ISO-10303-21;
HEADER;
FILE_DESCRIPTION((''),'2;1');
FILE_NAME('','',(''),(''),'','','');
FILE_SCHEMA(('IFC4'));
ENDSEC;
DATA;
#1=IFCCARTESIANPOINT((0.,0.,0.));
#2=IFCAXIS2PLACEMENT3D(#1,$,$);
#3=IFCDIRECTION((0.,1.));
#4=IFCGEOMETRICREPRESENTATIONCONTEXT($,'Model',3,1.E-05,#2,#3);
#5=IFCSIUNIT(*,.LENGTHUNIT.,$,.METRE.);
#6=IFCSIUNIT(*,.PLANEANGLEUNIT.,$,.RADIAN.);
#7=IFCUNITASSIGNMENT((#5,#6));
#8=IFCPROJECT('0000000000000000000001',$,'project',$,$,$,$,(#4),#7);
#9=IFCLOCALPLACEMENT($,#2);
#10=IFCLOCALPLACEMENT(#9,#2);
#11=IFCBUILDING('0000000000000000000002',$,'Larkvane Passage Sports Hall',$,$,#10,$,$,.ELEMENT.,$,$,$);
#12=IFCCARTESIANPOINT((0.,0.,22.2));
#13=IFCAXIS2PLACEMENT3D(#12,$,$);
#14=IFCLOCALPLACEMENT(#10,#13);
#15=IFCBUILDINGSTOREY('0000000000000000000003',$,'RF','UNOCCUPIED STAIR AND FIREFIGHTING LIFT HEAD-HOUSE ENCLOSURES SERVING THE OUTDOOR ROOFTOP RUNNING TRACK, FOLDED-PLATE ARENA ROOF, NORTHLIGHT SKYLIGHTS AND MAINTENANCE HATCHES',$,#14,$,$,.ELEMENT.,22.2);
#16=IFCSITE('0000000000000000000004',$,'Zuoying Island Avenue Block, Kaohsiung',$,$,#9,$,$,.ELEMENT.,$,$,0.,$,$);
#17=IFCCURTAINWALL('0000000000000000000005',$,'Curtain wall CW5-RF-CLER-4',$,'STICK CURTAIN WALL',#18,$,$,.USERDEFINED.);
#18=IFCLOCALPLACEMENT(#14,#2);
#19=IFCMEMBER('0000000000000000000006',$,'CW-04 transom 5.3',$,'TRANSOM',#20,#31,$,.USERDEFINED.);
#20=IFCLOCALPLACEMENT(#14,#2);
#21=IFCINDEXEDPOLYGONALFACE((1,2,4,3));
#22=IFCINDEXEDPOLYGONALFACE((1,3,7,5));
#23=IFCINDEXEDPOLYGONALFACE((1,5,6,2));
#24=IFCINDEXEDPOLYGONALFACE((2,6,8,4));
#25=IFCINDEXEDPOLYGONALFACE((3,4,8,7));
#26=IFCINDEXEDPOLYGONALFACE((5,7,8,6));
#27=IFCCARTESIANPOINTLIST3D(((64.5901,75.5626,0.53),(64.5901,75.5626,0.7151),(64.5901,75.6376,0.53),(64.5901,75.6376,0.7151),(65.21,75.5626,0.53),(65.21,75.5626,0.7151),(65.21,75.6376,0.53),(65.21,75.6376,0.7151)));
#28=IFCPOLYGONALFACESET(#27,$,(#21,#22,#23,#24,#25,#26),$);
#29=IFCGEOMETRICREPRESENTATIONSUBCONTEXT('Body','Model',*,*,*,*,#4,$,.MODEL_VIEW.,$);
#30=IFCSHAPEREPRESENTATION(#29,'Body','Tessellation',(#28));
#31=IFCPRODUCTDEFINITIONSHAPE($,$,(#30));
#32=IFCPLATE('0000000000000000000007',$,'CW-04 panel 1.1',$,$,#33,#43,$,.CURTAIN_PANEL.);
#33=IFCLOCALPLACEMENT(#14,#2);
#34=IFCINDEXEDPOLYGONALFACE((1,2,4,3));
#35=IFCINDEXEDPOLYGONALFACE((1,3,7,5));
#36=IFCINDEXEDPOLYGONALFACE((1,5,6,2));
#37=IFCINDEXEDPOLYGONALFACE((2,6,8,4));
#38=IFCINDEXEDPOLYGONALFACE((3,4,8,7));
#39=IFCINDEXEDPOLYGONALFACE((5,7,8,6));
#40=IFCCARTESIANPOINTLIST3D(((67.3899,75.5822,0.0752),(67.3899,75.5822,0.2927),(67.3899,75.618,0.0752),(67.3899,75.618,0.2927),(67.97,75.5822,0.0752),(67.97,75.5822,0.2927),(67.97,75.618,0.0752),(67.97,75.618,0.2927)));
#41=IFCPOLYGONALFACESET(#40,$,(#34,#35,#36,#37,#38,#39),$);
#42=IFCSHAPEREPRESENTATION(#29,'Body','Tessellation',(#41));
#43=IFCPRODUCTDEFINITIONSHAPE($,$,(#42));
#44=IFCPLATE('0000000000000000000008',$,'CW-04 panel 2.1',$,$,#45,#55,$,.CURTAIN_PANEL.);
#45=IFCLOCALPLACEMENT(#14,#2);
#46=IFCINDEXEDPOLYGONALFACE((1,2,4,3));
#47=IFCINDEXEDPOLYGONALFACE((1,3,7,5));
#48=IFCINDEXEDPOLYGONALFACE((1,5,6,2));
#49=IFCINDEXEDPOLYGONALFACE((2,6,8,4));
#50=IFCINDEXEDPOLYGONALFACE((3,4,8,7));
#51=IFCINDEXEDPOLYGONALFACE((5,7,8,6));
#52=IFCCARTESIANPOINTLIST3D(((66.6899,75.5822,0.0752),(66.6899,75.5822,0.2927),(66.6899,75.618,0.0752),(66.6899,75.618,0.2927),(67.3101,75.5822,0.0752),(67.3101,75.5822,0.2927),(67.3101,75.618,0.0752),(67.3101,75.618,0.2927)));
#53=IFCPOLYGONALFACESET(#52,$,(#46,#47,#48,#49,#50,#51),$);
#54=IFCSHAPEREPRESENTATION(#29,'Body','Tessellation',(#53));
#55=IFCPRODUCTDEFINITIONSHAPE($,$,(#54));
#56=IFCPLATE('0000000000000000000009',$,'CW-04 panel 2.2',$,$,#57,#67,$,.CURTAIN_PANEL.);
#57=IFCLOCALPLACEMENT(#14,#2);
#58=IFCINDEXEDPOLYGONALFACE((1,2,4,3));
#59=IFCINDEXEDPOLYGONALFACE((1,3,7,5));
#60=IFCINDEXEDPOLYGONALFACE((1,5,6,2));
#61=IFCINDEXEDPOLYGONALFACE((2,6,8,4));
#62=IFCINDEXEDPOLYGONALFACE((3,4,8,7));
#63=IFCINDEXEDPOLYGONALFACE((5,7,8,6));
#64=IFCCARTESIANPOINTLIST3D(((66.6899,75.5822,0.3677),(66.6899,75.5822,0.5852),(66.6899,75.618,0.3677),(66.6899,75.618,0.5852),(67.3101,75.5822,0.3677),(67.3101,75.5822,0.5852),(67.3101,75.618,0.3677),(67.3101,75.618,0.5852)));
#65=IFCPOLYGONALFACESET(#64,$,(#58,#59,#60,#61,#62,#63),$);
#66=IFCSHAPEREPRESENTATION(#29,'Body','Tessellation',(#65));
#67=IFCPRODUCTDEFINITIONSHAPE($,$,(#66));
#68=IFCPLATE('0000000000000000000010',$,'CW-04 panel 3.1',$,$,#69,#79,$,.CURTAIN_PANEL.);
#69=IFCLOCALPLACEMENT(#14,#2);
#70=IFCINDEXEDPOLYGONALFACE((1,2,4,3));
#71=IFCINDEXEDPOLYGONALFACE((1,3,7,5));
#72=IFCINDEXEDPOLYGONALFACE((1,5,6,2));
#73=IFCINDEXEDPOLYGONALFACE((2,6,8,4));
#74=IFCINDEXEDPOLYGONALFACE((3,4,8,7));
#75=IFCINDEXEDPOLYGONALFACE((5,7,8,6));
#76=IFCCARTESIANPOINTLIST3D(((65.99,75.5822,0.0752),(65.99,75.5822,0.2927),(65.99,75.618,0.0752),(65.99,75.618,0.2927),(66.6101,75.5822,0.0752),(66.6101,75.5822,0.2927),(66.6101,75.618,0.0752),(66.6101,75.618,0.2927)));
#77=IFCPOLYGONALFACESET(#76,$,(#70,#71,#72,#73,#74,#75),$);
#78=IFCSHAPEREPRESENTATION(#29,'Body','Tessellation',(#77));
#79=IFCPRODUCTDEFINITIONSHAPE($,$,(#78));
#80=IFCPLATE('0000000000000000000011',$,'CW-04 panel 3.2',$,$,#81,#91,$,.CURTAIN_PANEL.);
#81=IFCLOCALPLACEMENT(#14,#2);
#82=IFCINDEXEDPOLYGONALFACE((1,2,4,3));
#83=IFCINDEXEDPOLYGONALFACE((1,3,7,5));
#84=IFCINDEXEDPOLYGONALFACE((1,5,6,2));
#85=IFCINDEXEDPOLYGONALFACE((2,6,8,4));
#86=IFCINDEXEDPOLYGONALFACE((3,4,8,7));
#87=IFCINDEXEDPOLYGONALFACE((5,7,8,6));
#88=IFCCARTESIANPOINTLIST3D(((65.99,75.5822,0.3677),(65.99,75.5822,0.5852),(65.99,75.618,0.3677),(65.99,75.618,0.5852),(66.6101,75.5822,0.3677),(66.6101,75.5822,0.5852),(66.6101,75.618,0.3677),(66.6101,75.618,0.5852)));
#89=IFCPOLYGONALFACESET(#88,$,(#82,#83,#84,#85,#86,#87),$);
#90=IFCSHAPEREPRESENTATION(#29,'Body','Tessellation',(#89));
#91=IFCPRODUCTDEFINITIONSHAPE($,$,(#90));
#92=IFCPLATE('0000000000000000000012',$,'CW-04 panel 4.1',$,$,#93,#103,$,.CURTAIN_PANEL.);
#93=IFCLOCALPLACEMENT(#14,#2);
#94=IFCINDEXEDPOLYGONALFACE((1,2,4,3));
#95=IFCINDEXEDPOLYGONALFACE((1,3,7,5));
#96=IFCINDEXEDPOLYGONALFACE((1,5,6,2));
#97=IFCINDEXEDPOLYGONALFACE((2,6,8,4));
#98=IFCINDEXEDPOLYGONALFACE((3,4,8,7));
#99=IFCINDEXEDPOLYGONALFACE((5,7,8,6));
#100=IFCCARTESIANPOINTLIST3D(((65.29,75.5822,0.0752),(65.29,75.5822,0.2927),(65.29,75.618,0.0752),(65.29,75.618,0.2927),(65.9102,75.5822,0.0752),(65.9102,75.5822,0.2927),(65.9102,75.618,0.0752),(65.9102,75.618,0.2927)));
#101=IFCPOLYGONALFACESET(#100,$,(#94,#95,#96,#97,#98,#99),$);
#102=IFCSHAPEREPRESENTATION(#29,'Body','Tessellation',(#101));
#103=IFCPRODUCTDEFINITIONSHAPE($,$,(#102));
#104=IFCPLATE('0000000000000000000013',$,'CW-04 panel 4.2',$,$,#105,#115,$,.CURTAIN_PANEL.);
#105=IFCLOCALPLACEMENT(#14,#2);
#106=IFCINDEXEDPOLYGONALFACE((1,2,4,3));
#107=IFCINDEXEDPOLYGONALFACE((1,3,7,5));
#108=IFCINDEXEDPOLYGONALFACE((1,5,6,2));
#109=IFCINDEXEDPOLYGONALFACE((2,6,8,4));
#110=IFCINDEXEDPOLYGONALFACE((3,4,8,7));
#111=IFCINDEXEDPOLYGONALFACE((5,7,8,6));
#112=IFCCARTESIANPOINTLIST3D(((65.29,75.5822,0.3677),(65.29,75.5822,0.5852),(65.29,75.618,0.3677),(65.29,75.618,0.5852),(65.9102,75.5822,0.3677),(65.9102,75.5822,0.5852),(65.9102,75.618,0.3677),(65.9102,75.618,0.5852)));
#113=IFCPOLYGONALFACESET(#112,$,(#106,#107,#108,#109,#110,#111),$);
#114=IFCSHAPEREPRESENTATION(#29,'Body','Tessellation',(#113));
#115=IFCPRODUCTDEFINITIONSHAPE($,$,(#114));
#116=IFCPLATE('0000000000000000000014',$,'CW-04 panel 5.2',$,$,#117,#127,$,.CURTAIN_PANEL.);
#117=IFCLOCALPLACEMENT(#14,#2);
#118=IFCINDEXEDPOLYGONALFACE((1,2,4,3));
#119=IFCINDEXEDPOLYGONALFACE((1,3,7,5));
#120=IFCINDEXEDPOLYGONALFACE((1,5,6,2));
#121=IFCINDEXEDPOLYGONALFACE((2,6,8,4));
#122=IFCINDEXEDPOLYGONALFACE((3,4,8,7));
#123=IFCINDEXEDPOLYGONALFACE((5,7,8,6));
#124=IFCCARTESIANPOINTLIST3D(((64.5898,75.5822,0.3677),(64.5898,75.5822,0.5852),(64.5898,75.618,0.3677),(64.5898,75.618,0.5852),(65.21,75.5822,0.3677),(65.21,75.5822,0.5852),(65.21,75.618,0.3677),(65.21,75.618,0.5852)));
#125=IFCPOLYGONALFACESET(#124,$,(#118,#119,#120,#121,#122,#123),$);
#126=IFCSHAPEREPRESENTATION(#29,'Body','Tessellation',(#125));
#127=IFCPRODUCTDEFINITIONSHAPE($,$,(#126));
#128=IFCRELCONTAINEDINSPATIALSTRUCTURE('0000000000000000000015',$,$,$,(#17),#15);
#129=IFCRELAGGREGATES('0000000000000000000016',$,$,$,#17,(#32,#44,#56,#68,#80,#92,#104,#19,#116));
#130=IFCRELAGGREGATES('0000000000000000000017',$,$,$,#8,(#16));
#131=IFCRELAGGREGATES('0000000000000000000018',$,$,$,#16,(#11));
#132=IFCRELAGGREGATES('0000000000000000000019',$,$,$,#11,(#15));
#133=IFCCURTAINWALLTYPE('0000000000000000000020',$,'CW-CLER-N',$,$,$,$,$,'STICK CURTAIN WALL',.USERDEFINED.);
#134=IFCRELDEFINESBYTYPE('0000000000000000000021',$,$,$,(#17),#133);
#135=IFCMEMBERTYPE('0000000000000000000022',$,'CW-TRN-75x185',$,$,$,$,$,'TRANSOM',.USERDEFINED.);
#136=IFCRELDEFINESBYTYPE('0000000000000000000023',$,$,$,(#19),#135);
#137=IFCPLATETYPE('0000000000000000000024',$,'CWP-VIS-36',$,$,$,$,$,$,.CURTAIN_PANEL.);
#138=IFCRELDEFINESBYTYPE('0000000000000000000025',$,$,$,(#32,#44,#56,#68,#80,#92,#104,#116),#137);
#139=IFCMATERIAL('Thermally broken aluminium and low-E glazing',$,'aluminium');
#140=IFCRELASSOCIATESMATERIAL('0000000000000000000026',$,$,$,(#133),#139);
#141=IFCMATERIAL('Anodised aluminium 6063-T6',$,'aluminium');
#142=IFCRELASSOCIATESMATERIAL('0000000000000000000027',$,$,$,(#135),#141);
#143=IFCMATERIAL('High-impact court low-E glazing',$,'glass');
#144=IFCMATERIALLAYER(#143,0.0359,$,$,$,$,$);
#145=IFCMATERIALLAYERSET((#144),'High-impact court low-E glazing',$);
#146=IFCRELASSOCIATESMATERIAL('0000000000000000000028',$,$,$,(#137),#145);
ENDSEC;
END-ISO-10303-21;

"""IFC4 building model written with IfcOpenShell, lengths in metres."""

from ifc_helpers import new_model, si_unit, direction, frame, origin, origin_2d, place, context, subcontext, project, spatial, rectangle, extrude, material, layer, layer_set, material_profile, profile_set, type_object, element, aggregate, save


model = new_model("IFC4")

# Units and contexts
model_context = context("Model", 3, precision=1e-05, world=origin(), true_north=direction((0.0, 1.0)))
body_context = subcontext(model_context, "Body", "Model", "MODEL_VIEW")
ifc_project = project(units=[si_unit("LENGTHUNIT", "METRE"), si_unit("PLANEANGLEUNIT", "RADIAN")], contexts=[model_context])

# Site, building, storey
site_placement = place(None, origin())
site = spatial("IfcSite", under=ifc_project, at=site_placement, Name="Zuoying Island Avenue Block, Kaohsiung", CompositionType="ELEMENT", RefElevation=0.0)
building_placement = place(site_placement, origin())
building = spatial("IfcBuilding", under=site, at=building_placement, Name="Larkvane Passage Sports Hall", CompositionType="ELEMENT")
storey_placement = place(building_placement, frame((0.0, 0.0, 22.2)))
storey = spatial("IfcBuildingStorey", under=building, at=storey_placement, Name="RF", Description="UNOCCUPIED STAIR AND FIREFIGHTING LIFT HEAD-HOUSE ENCLOSURES SERVING THE OUTDOOR ROOFTOP RUNNING TRACK, FOLDED-PLATE ARENA ROOF, NORTHLIGHT SKYLIGHTS AND MAINTENANCE HATCHES", CompositionType="ELEMENT", Elevation=22.2)

# Curtain wall, member, plates
ifc_material_1 = material(Name="Thermally broken aluminium and low-E glazing", Category="aluminium")
curtain_wall_type = type_object("IfcCurtainWallType", Name="CW-CLER-N", ElementType="STICK CURTAIN WALL", PredefinedType="USERDEFINED", material=ifc_material_1)
curtain_wall_placement = place(storey_placement, origin())
curtain_wall = element("IfcCurtainWall", 1, at=curtain_wall_placement, inside=storey, type_object=curtain_wall_type, Name="Curtain wall CW5-RF-CLER-4", ObjectType="STICK CURTAIN WALL", PredefinedType="USERDEFINED")
ifc_material_2 = material(Name="Anodised aluminium 6063-T6", Category="aluminium")
ifc_material_profile_1 = material_profile(ifc_material_2, rectangle(XDim=0.075, YDim=0.1851, at=origin_2d()), Name="ALU-TRN-75x185")
ifc_profile_set_1 = profile_set([ifc_material_profile_1], Name="Anodised aluminium 6063-T6")
member_type_1 = type_object("IfcMemberType", Name="CW-TRN-75x185", ElementType="TRANSOM", PredefinedType="USERDEFINED", material=ifc_profile_set_1)
member_1_placement = place(storey_placement, frame((65.21, 75.6001, 0.6226), z_axis=(-1.0, 0.0, 0.0), x_axis=(0.0, -1.0, 0.0)))
member_1 = element("IfcMember", 2, at=member_1_placement, type_object=member_type_1, Name="CW-04 transom 5.3", ObjectType="TRANSOM", PredefinedType="USERDEFINED", context=body_context, shape_type="SweptSolid", body=[
    extrude(rectangle(XDim=0.075, YDim=0.1851, at=origin_2d()), origin(), (0.0, 0.0, 1.0), 0.6199),
])
ifc_material_3 = material(Name="High-impact court low-E glazing", Category="glass")
ifc_layer = layer(ifc_material_3, 0.0359)
ifc_layer_set = layer_set([ifc_layer], Name="High-impact court low-E glazing")
plate_type = type_object("IfcPlateType", Name="CWP-VIS-36", PredefinedType="CURTAIN_PANEL", material=ifc_layer_set)
plate_1_placement = place(storey_placement, frame((67.6799, 75.6001, 0.0752), z_axis=(0.0, 0.0, 1.0), x_axis=(-1.0, 0.0, 0.0)))
plate_1 = element("IfcPlate", 3, at=plate_1_placement, type_object=plate_type, Name="CW-04 panel 1.1", PredefinedType="CURTAIN_PANEL", context=body_context, shape_type="SweptSolid", body=[
    extrude(rectangle(XDim=0.5801, YDim=0.0359, at=origin_2d()), origin(), (0.0, 0.0, 1.0), 0.2175),
])
plate_2_placement = place(storey_placement, frame((67.0, 75.6001, 0.0752), z_axis=(0.0, 0.0, 1.0), x_axis=(-1.0, 0.0, 0.0)))
plate_2 = element("IfcPlate", 4, at=plate_2_placement, type_object=plate_type, Name="CW-04 panel 2.1", PredefinedType="CURTAIN_PANEL", context=body_context, shape_type="SweptSolid", body=[
    extrude(rectangle(XDim=0.6201, YDim=0.0359, at=origin_2d()), origin(), (0.0, 0.0, 1.0), 0.2175),
])
plate_3_placement = place(storey_placement, frame((67.0, 75.6001, 0.3677), z_axis=(0.0, 0.0, 1.0), x_axis=(-1.0, 0.0, 0.0)))
plate_3 = element("IfcPlate", 5, at=plate_3_placement, type_object=plate_type, Name="CW-04 panel 2.2", PredefinedType="CURTAIN_PANEL", context=body_context, shape_type="SweptSolid", body=[
    extrude(rectangle(XDim=0.6201, YDim=0.0359, at=origin_2d()), origin(), (0.0, 0.0, 1.0), 0.2175),
])
plate_4_placement = place(storey_placement, frame((66.3, 75.6001, 0.0752), z_axis=(0.0, 0.0, 1.0), x_axis=(-1.0, 0.0, 0.0)))
plate_4 = element("IfcPlate", 6, at=plate_4_placement, type_object=plate_type, Name="CW-04 panel 3.1", PredefinedType="CURTAIN_PANEL", context=body_context, shape_type="SweptSolid", body=[
    extrude(rectangle(XDim=0.6201, YDim=0.0359, at=origin_2d()), origin(), (0.0, 0.0, 1.0), 0.2175),
])
plate_5_placement = place(storey_placement, frame((66.3, 75.6001, 0.3677), z_axis=(0.0, 0.0, 1.0), x_axis=(-1.0, 0.0, 0.0)))
plate_5 = element("IfcPlate", 7, at=plate_5_placement, type_object=plate_type, Name="CW-04 panel 3.2", PredefinedType="CURTAIN_PANEL", context=body_context, shape_type="SweptSolid", body=[
    extrude(rectangle(XDim=0.6201, YDim=0.0359, at=origin_2d()), origin(), (0.0, 0.0, 1.0), 0.2175),
])
plate_6_placement = place(storey_placement, frame((65.6001, 75.6001, 0.0752), z_axis=(0.0, 0.0, 1.0), x_axis=(-1.0, 0.0, 0.0)))
plate_6 = element("IfcPlate", 8, at=plate_6_placement, type_object=plate_type, Name="CW-04 panel 4.1", PredefinedType="CURTAIN_PANEL", context=body_context, shape_type="SweptSolid", body=[
    extrude(rectangle(XDim=0.6201, YDim=0.0359, at=origin_2d()), origin(), (0.0, 0.0, 1.0), 0.2175),
])
plate_7_placement = place(storey_placement, frame((65.6001, 75.6001, 0.3677), z_axis=(0.0, 0.0, 1.0), x_axis=(-1.0, 0.0, 0.0)))
plate_7 = element("IfcPlate", 9, at=plate_7_placement, type_object=plate_type, Name="CW-04 panel 4.2", PredefinedType="CURTAIN_PANEL", context=body_context, shape_type="SweptSolid", body=[
    extrude(rectangle(XDim=0.6201, YDim=0.0359, at=origin_2d()), origin(), (0.0, 0.0, 1.0), 0.2175),
])
plate_8_placement = place(storey_placement, frame((64.8999, 75.6001, 0.3677), z_axis=(0.0, 0.0, 1.0), x_axis=(-1.0, 0.0, 0.0)))
plate_8 = element("IfcPlate", 10, at=plate_8_placement, type_object=plate_type, Name="CW-04 panel 5.2", PredefinedType="CURTAIN_PANEL", context=body_context, shape_type="SweptSolid", body=[
    extrude(rectangle(XDim=0.6201, YDim=0.0359, at=origin_2d()), origin(), (0.0, 0.0, 1.0), 0.2175),
])
aggregate(curtain_wall, [plate_1, plate_2, plate_3, plate_4, plate_5, plate_6, plate_7, member_1, plate_8])

save(model, "model.ifc")
